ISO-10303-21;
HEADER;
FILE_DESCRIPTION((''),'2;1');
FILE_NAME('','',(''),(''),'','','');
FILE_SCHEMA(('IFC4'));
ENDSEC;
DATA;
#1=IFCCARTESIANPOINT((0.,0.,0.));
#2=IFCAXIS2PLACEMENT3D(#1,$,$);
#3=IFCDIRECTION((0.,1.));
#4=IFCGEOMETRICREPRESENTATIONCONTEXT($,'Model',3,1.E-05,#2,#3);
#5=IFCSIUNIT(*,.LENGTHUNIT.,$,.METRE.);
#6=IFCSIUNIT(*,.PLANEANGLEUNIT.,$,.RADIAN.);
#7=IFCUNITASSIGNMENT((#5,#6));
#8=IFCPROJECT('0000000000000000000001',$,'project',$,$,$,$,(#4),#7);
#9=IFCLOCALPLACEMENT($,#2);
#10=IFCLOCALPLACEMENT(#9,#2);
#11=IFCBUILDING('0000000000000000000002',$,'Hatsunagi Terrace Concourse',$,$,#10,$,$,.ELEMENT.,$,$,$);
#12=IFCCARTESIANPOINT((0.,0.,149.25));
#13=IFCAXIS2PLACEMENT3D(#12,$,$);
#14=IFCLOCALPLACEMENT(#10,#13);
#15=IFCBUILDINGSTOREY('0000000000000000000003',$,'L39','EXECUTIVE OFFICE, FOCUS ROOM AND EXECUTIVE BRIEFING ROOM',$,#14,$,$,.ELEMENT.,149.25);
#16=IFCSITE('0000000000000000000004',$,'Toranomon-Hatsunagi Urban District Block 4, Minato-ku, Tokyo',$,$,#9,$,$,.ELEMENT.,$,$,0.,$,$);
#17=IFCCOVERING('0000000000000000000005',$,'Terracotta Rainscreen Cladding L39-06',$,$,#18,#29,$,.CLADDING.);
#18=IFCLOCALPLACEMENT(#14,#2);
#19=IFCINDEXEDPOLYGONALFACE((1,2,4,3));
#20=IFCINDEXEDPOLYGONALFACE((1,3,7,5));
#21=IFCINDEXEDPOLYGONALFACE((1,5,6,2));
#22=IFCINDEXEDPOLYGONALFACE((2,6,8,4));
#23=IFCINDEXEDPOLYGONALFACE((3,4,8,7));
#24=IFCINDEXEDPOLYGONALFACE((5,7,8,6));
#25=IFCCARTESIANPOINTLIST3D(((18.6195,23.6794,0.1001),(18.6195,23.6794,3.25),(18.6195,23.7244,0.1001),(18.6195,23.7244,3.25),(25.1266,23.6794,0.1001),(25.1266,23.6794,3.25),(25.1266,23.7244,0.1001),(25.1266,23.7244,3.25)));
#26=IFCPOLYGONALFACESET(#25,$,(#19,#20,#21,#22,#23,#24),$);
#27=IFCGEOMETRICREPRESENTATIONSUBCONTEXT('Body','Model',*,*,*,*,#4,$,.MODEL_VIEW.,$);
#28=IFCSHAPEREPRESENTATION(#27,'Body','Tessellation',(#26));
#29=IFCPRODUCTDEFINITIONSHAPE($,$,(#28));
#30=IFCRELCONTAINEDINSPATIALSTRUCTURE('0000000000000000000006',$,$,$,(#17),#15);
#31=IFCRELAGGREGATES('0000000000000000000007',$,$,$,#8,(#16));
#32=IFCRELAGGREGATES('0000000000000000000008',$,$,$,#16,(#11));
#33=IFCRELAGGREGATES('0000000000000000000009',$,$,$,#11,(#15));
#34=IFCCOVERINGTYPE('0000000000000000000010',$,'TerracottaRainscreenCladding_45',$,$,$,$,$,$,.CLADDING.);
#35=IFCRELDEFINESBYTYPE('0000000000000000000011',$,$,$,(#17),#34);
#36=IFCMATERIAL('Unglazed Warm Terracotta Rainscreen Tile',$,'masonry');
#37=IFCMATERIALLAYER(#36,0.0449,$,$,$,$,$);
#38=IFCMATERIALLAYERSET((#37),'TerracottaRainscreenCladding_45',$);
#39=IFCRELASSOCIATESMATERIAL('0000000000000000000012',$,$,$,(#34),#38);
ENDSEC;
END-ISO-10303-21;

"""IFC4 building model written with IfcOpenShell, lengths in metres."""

from ifc_helpers import new_model, si_unit, direction, frame, origin, origin_2d, place, context, subcontext, project, spatial, rectangle, extrude, material, layer, layer_set, type_object, element, save


model = new_model("IFC4")

# Units and contexts
model_context = context("Model", 3, precision=1e-05, world=origin(), true_north=direction((0.0, 1.0)))
body_context = subcontext(model_context, "Body", "Model", "MODEL_VIEW")
ifc_project = project(units=[si_unit("LENGTHUNIT", "METRE"), si_unit("PLANEANGLEUNIT", "RADIAN")], contexts=[model_context])

# Site, building, storey
site_placement = place(None, origin())
site = spatial("IfcSite", under=ifc_project, at=site_placement, Name="Toranomon-Hatsunagi Urban District Block 4, Minato-ku, Tokyo", CompositionType="ELEMENT", RefElevation=0.0)
building_placement = place(site_placement, origin())
building = spatial("IfcBuilding", under=site, at=building_placement, Name="Hatsunagi Terrace Concourse", CompositionType="ELEMENT")
storey_placement = place(building_placement, frame((0.0, 0.0, 149.25)))
storey = spatial("IfcBuildingStorey", under=building, at=storey_placement, Name="L39", Description="EXECUTIVE OFFICE, FOCUS ROOM AND EXECUTIVE BRIEFING ROOM", CompositionType="ELEMENT", Elevation=149.25)

# Covering
ifc_material_1 = material(Name="Unglazed Warm Terracotta Rainscreen Tile", Category="masonry")
ifc_layer_1 = layer(ifc_material_1, 0.0449)
ifc_layer_set_1 = layer_set([ifc_layer_1], Name="TerracottaRainscreenCladding_45")
covering_type = type_object("IfcCoveringType", Name="TerracottaRainscreenCladding_45", PredefinedType="CLADDING", material=ifc_layer_set_1)
covering_placement = place(storey_placement, frame((21.873, 23.7019, 0.1001), z_axis=(0.0, 0.0, 1.0), x_axis=(-1.0, 0.0, 0.0)))
element("IfcCovering", 1, at=covering_placement, inside=storey, type_object=covering_type, Name="Terracotta Rainscreen Cladding L39-06", PredefinedType="CLADDING", context=body_context, shape_type="SweptSolid", body=[
    extrude(rectangle(XDim=6.5071, YDim=0.0449, at=origin_2d()), origin(), (0.0, 0.0, 1.0), 3.1499),
])

save(model, "model.ifc")
